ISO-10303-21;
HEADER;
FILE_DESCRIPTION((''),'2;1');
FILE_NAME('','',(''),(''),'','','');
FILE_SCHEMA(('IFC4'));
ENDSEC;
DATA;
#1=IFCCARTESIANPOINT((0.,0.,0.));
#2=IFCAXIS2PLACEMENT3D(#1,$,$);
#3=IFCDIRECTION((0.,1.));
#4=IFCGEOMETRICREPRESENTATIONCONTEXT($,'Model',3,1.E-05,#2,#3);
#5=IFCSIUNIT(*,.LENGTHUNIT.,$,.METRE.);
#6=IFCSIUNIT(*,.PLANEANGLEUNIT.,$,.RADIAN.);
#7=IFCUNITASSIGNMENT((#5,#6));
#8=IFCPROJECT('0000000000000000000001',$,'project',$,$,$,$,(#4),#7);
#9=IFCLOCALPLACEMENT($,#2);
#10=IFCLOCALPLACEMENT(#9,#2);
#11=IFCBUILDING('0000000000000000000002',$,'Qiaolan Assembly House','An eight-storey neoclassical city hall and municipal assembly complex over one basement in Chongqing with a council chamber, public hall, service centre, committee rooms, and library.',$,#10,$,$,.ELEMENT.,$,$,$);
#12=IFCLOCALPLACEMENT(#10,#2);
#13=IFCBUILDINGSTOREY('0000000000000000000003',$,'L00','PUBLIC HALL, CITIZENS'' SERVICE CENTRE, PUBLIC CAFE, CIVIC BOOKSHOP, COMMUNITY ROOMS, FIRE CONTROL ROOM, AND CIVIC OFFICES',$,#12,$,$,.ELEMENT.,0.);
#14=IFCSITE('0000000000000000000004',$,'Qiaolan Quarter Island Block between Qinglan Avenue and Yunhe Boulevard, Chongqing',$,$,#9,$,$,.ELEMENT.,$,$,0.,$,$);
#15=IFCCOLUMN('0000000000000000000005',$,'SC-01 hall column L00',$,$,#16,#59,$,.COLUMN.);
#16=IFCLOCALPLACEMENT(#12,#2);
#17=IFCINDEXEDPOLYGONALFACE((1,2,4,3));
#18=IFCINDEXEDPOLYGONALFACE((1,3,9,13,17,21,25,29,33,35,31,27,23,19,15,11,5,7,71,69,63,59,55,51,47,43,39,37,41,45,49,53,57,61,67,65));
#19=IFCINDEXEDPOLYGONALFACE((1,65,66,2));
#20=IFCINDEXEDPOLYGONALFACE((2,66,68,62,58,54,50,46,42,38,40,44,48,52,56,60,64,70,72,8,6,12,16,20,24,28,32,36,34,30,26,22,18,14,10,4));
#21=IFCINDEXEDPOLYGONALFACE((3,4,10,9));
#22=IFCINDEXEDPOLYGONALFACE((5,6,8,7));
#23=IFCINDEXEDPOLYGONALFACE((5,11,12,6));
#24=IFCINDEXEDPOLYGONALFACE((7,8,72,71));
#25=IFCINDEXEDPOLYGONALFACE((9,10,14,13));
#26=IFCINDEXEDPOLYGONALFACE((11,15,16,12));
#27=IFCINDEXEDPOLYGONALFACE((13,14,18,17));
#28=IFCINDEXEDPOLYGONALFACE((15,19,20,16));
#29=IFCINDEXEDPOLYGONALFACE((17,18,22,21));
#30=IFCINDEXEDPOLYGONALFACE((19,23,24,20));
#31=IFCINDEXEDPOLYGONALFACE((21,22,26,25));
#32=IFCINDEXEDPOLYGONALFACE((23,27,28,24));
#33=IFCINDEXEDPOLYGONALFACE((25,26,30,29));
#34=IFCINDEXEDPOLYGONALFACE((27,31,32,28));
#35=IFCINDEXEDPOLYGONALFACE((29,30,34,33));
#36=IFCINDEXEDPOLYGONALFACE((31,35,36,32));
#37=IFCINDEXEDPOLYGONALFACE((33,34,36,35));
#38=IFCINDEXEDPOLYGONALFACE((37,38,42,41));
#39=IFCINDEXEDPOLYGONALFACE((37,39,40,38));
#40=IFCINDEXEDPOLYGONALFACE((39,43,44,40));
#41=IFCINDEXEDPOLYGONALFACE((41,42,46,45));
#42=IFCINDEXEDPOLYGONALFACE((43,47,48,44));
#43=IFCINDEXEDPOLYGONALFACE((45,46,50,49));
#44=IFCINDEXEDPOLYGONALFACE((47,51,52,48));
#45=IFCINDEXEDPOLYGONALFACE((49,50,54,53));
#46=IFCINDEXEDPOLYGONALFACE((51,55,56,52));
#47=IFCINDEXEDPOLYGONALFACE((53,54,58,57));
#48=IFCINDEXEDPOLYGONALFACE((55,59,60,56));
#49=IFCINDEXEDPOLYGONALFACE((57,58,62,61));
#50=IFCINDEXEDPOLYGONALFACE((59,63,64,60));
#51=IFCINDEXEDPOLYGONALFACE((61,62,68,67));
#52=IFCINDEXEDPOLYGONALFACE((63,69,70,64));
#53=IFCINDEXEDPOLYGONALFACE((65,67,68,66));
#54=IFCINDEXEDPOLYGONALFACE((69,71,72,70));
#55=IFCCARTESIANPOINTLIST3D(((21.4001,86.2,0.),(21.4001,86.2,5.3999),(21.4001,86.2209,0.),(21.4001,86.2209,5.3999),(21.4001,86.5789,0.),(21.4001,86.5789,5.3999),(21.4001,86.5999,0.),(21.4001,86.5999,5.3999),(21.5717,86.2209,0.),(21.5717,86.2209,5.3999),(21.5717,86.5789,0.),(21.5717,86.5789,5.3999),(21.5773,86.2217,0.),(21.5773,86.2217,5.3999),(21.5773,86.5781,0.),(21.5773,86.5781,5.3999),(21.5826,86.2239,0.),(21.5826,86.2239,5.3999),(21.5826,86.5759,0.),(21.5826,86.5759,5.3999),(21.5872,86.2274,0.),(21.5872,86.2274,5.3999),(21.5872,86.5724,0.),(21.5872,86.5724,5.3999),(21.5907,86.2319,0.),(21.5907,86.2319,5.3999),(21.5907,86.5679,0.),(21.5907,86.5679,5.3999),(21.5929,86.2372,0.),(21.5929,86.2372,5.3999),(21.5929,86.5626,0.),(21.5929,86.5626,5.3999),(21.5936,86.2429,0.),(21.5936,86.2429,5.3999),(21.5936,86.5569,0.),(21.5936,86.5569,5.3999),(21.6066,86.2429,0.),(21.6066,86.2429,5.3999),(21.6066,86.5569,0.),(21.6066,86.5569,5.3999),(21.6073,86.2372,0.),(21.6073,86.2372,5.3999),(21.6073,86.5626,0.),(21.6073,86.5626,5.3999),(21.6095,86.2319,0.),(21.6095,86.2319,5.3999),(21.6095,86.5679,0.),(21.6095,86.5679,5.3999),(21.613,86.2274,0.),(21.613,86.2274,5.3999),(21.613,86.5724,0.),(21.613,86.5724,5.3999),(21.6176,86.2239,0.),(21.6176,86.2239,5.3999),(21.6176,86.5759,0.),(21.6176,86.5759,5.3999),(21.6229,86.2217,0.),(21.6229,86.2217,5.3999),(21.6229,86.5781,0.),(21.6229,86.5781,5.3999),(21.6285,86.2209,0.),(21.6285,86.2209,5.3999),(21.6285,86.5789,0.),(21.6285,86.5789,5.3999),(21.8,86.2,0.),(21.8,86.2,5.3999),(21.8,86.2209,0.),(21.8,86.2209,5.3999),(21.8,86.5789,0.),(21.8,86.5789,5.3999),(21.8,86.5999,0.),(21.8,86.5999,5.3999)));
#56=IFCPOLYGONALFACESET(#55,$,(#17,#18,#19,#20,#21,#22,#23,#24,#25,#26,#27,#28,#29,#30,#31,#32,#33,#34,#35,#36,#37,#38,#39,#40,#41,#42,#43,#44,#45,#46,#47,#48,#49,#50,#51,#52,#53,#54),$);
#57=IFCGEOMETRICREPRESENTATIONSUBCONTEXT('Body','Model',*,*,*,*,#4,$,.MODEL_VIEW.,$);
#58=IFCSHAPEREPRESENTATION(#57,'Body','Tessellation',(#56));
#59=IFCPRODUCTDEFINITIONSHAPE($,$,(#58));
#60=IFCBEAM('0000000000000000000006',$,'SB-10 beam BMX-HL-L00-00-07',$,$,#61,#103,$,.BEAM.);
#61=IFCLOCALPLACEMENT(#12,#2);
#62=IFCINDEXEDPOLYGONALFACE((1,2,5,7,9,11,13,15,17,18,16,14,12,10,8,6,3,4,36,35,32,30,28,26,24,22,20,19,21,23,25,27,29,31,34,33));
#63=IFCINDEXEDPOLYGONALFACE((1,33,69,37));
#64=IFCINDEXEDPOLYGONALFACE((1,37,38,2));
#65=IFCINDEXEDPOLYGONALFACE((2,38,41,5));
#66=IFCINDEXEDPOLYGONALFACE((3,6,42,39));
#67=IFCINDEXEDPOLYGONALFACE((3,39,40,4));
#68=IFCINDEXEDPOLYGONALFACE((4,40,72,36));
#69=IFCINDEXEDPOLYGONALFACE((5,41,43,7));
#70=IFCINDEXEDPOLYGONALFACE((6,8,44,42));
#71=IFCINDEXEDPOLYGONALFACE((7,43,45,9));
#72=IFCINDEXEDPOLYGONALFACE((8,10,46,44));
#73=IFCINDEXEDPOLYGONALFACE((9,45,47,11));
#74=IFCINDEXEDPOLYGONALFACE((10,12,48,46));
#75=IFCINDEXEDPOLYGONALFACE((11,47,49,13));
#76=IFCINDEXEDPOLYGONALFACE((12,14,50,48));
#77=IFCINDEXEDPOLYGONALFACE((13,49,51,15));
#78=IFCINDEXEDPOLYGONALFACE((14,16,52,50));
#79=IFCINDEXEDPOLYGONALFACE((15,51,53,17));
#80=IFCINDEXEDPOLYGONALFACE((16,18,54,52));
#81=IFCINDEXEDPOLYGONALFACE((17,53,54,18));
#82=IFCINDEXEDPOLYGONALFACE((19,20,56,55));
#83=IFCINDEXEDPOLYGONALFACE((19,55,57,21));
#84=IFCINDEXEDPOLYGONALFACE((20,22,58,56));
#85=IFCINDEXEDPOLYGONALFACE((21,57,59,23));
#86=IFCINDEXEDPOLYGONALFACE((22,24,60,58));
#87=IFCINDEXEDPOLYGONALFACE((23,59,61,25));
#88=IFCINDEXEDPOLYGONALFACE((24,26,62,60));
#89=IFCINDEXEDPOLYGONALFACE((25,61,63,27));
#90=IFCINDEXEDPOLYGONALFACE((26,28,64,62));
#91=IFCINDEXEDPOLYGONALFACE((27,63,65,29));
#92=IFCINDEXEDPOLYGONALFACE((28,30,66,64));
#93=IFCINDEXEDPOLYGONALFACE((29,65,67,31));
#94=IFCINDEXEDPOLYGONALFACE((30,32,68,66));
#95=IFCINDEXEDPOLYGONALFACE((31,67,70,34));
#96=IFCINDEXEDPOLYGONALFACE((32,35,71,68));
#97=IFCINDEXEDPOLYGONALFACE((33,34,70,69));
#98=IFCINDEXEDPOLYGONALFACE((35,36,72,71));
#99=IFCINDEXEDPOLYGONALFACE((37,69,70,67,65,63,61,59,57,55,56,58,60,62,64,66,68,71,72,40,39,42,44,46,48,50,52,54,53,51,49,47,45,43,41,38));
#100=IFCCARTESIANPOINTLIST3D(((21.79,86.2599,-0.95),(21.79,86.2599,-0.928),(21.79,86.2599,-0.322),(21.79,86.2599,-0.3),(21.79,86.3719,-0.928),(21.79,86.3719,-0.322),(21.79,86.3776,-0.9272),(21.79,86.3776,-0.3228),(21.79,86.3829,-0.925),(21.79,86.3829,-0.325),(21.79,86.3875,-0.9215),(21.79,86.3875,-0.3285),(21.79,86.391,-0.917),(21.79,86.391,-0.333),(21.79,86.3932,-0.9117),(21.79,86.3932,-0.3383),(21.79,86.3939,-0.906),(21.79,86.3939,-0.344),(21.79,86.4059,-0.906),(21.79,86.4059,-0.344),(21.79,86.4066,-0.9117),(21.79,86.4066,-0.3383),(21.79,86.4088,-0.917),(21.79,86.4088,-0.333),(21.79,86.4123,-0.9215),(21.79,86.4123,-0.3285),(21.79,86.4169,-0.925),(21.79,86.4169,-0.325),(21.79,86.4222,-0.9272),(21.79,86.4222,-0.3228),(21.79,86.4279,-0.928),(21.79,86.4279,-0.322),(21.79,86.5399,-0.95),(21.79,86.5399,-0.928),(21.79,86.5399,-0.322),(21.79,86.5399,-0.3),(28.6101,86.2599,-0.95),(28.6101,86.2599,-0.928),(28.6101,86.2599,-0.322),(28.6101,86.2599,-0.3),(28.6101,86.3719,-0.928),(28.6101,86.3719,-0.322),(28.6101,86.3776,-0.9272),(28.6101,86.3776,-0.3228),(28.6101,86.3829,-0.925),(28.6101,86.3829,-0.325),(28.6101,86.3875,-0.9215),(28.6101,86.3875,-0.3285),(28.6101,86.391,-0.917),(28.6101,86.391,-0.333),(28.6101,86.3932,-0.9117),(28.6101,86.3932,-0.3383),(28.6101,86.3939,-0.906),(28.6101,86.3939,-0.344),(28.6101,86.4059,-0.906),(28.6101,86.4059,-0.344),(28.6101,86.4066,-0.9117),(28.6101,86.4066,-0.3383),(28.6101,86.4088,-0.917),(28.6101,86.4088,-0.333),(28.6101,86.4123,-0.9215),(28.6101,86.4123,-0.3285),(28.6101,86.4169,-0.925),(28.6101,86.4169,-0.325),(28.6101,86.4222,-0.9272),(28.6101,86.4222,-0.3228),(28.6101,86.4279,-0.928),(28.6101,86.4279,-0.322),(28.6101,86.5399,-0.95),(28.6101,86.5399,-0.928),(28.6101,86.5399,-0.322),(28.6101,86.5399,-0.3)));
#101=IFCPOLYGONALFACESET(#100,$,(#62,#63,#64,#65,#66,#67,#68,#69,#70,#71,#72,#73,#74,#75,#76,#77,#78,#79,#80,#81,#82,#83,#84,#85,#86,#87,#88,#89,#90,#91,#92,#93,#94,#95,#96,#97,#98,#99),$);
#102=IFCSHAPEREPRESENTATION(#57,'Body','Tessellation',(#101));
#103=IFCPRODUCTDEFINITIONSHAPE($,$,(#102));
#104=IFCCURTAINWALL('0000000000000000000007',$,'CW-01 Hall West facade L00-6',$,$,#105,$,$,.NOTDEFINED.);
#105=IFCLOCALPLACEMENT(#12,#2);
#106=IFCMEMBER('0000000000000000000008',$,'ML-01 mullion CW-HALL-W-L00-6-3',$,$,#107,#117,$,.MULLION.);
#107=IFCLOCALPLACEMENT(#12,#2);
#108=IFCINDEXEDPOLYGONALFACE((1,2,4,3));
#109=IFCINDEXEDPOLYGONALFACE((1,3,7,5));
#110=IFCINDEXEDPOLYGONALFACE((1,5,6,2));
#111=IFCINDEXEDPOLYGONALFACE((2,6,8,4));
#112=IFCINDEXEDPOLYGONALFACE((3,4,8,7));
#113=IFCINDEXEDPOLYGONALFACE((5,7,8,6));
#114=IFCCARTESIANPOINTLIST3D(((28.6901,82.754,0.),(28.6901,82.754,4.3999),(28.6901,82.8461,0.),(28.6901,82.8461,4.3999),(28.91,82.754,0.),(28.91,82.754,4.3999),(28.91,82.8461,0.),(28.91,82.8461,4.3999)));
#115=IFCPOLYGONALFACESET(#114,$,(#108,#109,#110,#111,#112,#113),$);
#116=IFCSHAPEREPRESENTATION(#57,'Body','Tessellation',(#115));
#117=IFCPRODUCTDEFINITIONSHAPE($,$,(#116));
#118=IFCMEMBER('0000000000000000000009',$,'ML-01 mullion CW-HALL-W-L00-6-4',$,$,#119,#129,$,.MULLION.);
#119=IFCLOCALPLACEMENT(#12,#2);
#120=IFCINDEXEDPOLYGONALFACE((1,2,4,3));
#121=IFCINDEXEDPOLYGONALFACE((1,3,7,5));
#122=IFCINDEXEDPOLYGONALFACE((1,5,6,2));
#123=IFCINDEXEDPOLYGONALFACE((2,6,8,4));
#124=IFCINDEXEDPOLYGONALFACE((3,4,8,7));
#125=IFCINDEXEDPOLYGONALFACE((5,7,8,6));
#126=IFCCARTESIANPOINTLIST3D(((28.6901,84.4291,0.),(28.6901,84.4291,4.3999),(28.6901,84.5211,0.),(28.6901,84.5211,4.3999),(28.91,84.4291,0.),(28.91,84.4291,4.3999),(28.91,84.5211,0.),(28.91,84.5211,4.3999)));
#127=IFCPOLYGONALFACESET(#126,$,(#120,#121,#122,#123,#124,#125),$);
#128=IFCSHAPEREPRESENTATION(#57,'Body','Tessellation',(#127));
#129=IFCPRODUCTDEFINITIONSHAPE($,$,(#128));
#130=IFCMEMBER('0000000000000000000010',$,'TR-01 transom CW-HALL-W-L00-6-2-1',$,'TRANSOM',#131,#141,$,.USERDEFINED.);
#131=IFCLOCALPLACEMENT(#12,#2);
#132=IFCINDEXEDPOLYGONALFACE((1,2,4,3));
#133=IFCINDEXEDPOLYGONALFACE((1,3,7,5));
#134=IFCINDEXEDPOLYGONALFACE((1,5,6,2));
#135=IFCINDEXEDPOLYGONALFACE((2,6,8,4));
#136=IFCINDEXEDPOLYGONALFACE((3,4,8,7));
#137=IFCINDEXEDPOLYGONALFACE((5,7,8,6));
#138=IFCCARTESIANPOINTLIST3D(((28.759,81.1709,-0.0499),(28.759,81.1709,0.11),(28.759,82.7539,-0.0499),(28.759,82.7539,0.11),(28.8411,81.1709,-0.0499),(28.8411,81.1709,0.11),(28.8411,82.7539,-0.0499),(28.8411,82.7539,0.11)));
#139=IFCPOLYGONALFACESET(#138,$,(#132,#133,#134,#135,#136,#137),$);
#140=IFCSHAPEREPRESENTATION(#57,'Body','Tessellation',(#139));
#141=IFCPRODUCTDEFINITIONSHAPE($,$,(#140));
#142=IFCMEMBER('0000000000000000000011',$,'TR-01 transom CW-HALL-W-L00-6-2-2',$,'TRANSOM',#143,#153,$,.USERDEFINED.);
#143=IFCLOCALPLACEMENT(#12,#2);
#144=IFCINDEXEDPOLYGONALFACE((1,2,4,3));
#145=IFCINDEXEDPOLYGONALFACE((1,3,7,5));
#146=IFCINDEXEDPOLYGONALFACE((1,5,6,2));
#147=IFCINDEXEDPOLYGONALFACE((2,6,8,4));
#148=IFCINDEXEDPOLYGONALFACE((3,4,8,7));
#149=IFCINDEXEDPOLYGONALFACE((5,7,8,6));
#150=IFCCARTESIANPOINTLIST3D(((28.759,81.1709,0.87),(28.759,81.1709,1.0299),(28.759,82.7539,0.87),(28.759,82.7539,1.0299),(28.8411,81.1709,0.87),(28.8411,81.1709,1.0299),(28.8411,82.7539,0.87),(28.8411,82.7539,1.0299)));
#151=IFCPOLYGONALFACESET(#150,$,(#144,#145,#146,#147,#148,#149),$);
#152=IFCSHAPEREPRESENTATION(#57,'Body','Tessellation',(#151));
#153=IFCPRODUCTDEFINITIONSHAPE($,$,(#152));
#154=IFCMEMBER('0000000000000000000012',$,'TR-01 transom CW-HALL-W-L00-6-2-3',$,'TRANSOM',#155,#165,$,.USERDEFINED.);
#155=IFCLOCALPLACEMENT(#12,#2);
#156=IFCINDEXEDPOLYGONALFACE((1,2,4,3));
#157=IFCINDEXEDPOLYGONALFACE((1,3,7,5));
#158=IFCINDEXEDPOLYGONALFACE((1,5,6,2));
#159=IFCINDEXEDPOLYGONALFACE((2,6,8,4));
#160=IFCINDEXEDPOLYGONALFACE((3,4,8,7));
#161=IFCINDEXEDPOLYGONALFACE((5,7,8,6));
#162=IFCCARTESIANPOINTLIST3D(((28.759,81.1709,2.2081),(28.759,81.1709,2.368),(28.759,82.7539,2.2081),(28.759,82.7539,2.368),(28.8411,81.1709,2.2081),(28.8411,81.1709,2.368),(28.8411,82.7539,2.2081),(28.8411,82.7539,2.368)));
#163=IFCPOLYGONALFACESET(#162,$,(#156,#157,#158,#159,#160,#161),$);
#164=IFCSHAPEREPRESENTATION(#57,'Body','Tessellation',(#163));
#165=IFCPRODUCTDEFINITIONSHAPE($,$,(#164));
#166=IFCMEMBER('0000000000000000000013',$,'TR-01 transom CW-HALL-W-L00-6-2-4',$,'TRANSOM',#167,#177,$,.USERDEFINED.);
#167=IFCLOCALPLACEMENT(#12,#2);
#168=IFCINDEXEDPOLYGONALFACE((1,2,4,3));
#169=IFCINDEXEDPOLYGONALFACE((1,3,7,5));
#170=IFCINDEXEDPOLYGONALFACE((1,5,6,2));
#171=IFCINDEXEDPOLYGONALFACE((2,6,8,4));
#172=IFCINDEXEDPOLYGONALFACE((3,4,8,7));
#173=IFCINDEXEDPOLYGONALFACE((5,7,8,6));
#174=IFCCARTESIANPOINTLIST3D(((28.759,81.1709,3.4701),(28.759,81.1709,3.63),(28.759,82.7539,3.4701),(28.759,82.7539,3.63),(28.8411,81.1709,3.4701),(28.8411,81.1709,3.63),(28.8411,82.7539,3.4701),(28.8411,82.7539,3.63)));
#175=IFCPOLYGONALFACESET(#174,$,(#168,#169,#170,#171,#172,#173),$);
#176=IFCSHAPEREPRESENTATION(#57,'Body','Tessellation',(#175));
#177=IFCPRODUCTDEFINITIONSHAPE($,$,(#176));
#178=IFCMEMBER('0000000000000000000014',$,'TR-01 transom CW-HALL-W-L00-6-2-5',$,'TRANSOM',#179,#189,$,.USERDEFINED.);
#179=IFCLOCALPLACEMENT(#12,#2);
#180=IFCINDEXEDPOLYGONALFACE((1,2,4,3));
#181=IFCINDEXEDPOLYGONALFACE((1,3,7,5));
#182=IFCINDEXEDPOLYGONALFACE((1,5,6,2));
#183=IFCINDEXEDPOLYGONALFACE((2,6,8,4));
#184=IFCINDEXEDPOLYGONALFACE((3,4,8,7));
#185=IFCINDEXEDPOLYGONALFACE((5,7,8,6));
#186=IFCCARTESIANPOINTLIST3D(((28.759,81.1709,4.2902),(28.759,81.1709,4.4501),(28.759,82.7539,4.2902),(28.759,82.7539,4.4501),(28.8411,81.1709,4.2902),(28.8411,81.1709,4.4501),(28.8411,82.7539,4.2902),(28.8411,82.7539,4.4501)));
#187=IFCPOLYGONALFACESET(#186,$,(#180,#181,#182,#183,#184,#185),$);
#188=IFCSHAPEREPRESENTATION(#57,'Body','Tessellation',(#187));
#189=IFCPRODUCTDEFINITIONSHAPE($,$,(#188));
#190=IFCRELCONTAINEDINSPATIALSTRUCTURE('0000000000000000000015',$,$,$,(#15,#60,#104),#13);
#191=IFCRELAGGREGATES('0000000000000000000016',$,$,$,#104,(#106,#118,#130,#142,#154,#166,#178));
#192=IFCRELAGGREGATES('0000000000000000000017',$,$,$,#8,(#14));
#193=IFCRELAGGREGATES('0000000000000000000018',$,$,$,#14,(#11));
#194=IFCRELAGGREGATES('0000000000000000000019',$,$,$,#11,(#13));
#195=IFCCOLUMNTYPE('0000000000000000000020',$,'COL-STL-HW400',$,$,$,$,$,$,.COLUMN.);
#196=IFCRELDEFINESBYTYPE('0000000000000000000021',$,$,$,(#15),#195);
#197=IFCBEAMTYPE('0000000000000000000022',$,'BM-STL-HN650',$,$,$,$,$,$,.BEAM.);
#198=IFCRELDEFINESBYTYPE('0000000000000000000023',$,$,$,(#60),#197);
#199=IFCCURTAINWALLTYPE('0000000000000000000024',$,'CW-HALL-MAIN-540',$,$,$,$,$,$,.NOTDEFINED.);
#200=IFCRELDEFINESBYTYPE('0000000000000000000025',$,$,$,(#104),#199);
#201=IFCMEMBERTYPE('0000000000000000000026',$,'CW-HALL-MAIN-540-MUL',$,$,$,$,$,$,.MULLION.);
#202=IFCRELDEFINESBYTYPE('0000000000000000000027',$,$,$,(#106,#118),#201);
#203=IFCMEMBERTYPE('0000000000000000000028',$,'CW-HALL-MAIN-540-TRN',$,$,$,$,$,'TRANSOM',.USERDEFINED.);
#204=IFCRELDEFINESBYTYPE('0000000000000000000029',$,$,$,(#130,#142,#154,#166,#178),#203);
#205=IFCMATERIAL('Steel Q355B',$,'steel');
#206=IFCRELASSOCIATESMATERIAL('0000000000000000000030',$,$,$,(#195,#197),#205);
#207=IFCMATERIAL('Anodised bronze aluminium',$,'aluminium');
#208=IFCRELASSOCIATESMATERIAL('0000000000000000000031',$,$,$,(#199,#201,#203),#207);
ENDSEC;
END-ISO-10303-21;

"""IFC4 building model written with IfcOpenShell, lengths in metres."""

from ifc_helpers import new_model, si_unit, direction, frame, origin, origin_2d, place, context, subcontext, project, spatial, rectangle, i_section, extrude, material, material_profile, profile_set, type_object, element, aggregate, save


model = new_model("IFC4")

# Units and contexts
model_context = context("Model", 3, precision=1e-05, world=origin(), true_north=direction((0.0, 1.0)))
body_context = subcontext(model_context, "Body", "Model", "MODEL_VIEW")
ifc_project = project(units=[si_unit("LENGTHUNIT", "METRE"), si_unit("PLANEANGLEUNIT", "RADIAN")], contexts=[model_context])

# Site, building, storey
site_placement = place(None, origin())
site = spatial("IfcSite", under=ifc_project, at=site_placement, Name="Qiaolan Quarter Island Block between Qinglan Avenue and Yunhe Boulevard, Chongqing", CompositionType="ELEMENT", RefElevation=0.0)
building_placement = place(site_placement, origin())
building = spatial("IfcBuilding", under=site, at=building_placement, Name="Qiaolan Assembly House", Description="An eight-storey neoclassical city hall and municipal assembly complex over one basement in Chongqing with a council chamber, public hall, service centre, committee rooms, and library.", CompositionType="ELEMENT")
storey_placement = place(building_placement, origin())
storey = spatial("IfcBuildingStorey", under=building, at=storey_placement, Name="L00", Description="PUBLIC HALL, CITIZENS' SERVICE CENTRE, PUBLIC CAFE, CIVIC BOOKSHOP, COMMUNITY ROOMS, FIRE CONTROL ROOM, AND CIVIC OFFICES", CompositionType="ELEMENT", Elevation=0.0)

# Column
ifc_material_1 = material(Name="Steel Q355B", Category="steel")
ifc_material_profile_1 = material_profile(ifc_material_1, i_section(OverallWidth=0.3999, OverallDepth=0.3999, WebThickness=0.0129, FlangeThickness=0.021, FilletRadius=0.022, at=origin_2d()), Name="HW 400x400x13x21")
ifc_profile_set_1 = profile_set([ifc_material_profile_1], Name="Steel Q355B")
column_type = type_object("IfcColumnType", Name="COL-STL-HW400", PredefinedType="COLUMN", material=ifc_profile_set_1)
column_placement = place(storey_placement, frame((21.6001, 86.3999, 0.0), z_axis=(0.0, 0.0, 1.0), x_axis=(1.0, 0.0, 0.0)))
element("IfcColumn", 1, at=column_placement, inside=storey, type_object=column_type, Name="SC-01 hall column L00", PredefinedType="COLUMN", context=body_context, shape_type="SweptSolid", body=[
    extrude(i_section(OverallWidth=0.3999, OverallDepth=0.3999, WebThickness=0.0129, FlangeThickness=0.021, FilletRadius=0.022, at=origin_2d()), origin(), (0.0, 0.0, 1.0), 5.3999),
])

# Beam
ifc_material_profile_2 = material_profile(ifc_material_1, i_section(OverallWidth=0.28, OverallDepth=0.6499, WebThickness=0.012, FlangeThickness=0.022, FilletRadius=0.022, at=origin_2d()), Name="HN 650x280x12x22")
ifc_profile_set_2 = profile_set([ifc_material_profile_2], Name="Steel Q355B")
beam_type = type_object("IfcBeamType", Name="BM-STL-HN650", PredefinedType="BEAM", material=ifc_profile_set_2)
beam_placement = place(storey_placement, frame((21.79, 86.3999, -0.625), z_axis=(1.0, 0.0, 0.0), x_axis=(0.0, 1.0, 0.0)))
element("IfcBeam", 2, at=beam_placement, inside=storey, type_object=beam_type, Name="SB-10 beam BMX-HL-L00-00-07", PredefinedType="BEAM", context=body_context, shape_type="SweptSolid", body=[
    extrude(i_section(OverallWidth=0.28, OverallDepth=0.6499, WebThickness=0.012, FlangeThickness=0.022, FilletRadius=0.022, at=origin_2d()), origin(), (0.0, 0.0, 1.0), 6.8201),
])

# Curtain wall, members
ifc_material_2 = material(Name="Anodised bronze aluminium", Category="aluminium")
curtain_wall_type = type_object("IfcCurtainWallType", Name="CW-HALL-MAIN-540", PredefinedType="NOTDEFINED", material=ifc_material_2)
curtain_wall_placement = place(storey_placement, origin())
curtain_wall = element("IfcCurtainWall", 3, at=curtain_wall_placement, inside=storey, type_object=curtain_wall_type, Name="CW-01 Hall West facade L00-6", PredefinedType="NOTDEFINED")
ifc_material_profile_3 = material_profile(ifc_material_2, rectangle(XDim=0.092, YDim=0.22, at=origin_2d()), Name="MUL 92x220")
ifc_profile_set_3 = profile_set([ifc_material_profile_3], Name="Anodised bronze aluminium")
member_type_1 = type_object("IfcMemberType", Name="CW-HALL-MAIN-540-MUL", PredefinedType="MULLION", material=ifc_profile_set_3)
member_1_placement = place(storey_placement, frame((28.8, 82.8, 0.0), z_axis=(0.0, 0.0, 1.0), x_axis=(0.0, 1.0, 0.0)))
member_1 = element("IfcMember", 4, at=member_1_placement, type_object=member_type_1, Name="ML-01 mullion CW-HALL-W-L00-6-3", PredefinedType="MULLION", context=body_context, shape_type="SweptSolid", body=[
    extrude(rectangle(XDim=0.092, YDim=0.22, at=origin_2d()), origin(), (0.0, 0.0, 1.0), 4.3999),
])
member_2_placement = place(storey_placement, frame((28.8, 84.4751, 0.0), z_axis=(0.0, 0.0, 1.0), x_axis=(0.0, 1.0, 0.0)))
member_2 = element("IfcMember", 5, at=member_2_placement, type_object=member_type_1, Name="ML-01 mullion CW-HALL-W-L00-6-4", PredefinedType="MULLION", context=body_context, shape_type="SweptSolid", body=[
    extrude(rectangle(XDim=0.092, YDim=0.22, at=origin_2d()), origin(), (0.0, 0.0, 1.0), 4.3999),
])
ifc_material_profile_4 = material_profile(ifc_material_2, rectangle(XDim=0.082, YDim=0.1599, at=origin_2d()), Name="TRN 82x160")
ifc_profile_set_4 = profile_set([ifc_material_profile_4], Name="Anodised bronze aluminium")
member_type_2 = type_object("IfcMemberType", Name="CW-HALL-MAIN-540-TRN", ElementType="TRANSOM", PredefinedType="USERDEFINED", material=ifc_profile_set_4)
member_3_placement = place(storey_placement, frame((28.8, 81.1709, 0.03), z_axis=(0.0, 1.0, 0.0), x_axis=(-1.0, 0.0, 0.0)))
member_3 = element("IfcMember", 6, at=member_3_placement, type_object=member_type_2, Name="TR-01 transom CW-HALL-W-L00-6-2-1", ObjectType="TRANSOM", PredefinedType="USERDEFINED", context=body_context, shape_type="SweptSolid", body=[
    extrude(rectangle(XDim=0.082, YDim=0.1599, at=origin_2d()), origin(), (0.0, 0.0, 1.0), 1.583),
])
member_4_placement = place(storey_placement, frame((28.8, 81.1709, 0.95), z_axis=(0.0, 1.0, 0.0), x_axis=(-1.0, 0.0, 0.0)))
member_4 = element("IfcMember", 7, at=member_4_placement, type_object=member_type_2, Name="TR-01 transom CW-HALL-W-L00-6-2-2", ObjectType="TRANSOM", PredefinedType="USERDEFINED", context=body_context, shape_type="SweptSolid", body=[
    extrude(rectangle(XDim=0.082, YDim=0.1599, at=origin_2d()), origin(), (0.0, 0.0, 1.0), 1.583),
])
member_5_placement = place(storey_placement, frame((28.8, 81.1709, 2.2881), z_axis=(0.0, 1.0, 0.0), x_axis=(-1.0, 0.0, 0.0)))
member_5 = element("IfcMember", 8, at=member_5_placement, type_object=member_type_2, Name="TR-01 transom CW-HALL-W-L00-6-2-3", ObjectType="TRANSOM", PredefinedType="USERDEFINED", context=body_context, shape_type="SweptSolid", body=[
    extrude(rectangle(XDim=0.082, YDim=0.1599, at=origin_2d()), origin(), (0.0, 0.0, 1.0), 1.583),
])
member_6_placement = place(storey_placement, frame((28.8, 81.1709, 3.55), z_axis=(0.0, 1.0, 0.0), x_axis=(-1.0, 0.0, 0.0)))
member_6 = element("IfcMember", 9, at=member_6_placement, type_object=member_type_2, Name="TR-01 transom CW-HALL-W-L00-6-2-4", ObjectType="TRANSOM", PredefinedType="USERDEFINED", context=body_context, shape_type="SweptSolid", body=[
    extrude(rectangle(XDim=0.082, YDim=0.1599, at=origin_2d()), origin(), (0.0, 0.0, 1.0), 1.583),
])
member_7_placement = place(storey_placement, frame((28.8, 81.1709, 4.3701), z_axis=(0.0, 1.0, 0.0), x_axis=(-1.0, 0.0, 0.0)))
member_7 = element("IfcMember", 10, at=member_7_placement, type_object=member_type_2, Name="TR-01 transom CW-HALL-W-L00-6-2-5", ObjectType="TRANSOM", PredefinedType="USERDEFINED", context=body_context, shape_type="SweptSolid", body=[
    extrude(rectangle(XDim=0.082, YDim=0.1599, at=origin_2d()), origin(), (0.0, 0.0, 1.0), 1.583),
])
aggregate(curtain_wall, [member_1, member_2, member_3, member_4, member_5, member_6, member_7])

save(model, "model.ifc")
